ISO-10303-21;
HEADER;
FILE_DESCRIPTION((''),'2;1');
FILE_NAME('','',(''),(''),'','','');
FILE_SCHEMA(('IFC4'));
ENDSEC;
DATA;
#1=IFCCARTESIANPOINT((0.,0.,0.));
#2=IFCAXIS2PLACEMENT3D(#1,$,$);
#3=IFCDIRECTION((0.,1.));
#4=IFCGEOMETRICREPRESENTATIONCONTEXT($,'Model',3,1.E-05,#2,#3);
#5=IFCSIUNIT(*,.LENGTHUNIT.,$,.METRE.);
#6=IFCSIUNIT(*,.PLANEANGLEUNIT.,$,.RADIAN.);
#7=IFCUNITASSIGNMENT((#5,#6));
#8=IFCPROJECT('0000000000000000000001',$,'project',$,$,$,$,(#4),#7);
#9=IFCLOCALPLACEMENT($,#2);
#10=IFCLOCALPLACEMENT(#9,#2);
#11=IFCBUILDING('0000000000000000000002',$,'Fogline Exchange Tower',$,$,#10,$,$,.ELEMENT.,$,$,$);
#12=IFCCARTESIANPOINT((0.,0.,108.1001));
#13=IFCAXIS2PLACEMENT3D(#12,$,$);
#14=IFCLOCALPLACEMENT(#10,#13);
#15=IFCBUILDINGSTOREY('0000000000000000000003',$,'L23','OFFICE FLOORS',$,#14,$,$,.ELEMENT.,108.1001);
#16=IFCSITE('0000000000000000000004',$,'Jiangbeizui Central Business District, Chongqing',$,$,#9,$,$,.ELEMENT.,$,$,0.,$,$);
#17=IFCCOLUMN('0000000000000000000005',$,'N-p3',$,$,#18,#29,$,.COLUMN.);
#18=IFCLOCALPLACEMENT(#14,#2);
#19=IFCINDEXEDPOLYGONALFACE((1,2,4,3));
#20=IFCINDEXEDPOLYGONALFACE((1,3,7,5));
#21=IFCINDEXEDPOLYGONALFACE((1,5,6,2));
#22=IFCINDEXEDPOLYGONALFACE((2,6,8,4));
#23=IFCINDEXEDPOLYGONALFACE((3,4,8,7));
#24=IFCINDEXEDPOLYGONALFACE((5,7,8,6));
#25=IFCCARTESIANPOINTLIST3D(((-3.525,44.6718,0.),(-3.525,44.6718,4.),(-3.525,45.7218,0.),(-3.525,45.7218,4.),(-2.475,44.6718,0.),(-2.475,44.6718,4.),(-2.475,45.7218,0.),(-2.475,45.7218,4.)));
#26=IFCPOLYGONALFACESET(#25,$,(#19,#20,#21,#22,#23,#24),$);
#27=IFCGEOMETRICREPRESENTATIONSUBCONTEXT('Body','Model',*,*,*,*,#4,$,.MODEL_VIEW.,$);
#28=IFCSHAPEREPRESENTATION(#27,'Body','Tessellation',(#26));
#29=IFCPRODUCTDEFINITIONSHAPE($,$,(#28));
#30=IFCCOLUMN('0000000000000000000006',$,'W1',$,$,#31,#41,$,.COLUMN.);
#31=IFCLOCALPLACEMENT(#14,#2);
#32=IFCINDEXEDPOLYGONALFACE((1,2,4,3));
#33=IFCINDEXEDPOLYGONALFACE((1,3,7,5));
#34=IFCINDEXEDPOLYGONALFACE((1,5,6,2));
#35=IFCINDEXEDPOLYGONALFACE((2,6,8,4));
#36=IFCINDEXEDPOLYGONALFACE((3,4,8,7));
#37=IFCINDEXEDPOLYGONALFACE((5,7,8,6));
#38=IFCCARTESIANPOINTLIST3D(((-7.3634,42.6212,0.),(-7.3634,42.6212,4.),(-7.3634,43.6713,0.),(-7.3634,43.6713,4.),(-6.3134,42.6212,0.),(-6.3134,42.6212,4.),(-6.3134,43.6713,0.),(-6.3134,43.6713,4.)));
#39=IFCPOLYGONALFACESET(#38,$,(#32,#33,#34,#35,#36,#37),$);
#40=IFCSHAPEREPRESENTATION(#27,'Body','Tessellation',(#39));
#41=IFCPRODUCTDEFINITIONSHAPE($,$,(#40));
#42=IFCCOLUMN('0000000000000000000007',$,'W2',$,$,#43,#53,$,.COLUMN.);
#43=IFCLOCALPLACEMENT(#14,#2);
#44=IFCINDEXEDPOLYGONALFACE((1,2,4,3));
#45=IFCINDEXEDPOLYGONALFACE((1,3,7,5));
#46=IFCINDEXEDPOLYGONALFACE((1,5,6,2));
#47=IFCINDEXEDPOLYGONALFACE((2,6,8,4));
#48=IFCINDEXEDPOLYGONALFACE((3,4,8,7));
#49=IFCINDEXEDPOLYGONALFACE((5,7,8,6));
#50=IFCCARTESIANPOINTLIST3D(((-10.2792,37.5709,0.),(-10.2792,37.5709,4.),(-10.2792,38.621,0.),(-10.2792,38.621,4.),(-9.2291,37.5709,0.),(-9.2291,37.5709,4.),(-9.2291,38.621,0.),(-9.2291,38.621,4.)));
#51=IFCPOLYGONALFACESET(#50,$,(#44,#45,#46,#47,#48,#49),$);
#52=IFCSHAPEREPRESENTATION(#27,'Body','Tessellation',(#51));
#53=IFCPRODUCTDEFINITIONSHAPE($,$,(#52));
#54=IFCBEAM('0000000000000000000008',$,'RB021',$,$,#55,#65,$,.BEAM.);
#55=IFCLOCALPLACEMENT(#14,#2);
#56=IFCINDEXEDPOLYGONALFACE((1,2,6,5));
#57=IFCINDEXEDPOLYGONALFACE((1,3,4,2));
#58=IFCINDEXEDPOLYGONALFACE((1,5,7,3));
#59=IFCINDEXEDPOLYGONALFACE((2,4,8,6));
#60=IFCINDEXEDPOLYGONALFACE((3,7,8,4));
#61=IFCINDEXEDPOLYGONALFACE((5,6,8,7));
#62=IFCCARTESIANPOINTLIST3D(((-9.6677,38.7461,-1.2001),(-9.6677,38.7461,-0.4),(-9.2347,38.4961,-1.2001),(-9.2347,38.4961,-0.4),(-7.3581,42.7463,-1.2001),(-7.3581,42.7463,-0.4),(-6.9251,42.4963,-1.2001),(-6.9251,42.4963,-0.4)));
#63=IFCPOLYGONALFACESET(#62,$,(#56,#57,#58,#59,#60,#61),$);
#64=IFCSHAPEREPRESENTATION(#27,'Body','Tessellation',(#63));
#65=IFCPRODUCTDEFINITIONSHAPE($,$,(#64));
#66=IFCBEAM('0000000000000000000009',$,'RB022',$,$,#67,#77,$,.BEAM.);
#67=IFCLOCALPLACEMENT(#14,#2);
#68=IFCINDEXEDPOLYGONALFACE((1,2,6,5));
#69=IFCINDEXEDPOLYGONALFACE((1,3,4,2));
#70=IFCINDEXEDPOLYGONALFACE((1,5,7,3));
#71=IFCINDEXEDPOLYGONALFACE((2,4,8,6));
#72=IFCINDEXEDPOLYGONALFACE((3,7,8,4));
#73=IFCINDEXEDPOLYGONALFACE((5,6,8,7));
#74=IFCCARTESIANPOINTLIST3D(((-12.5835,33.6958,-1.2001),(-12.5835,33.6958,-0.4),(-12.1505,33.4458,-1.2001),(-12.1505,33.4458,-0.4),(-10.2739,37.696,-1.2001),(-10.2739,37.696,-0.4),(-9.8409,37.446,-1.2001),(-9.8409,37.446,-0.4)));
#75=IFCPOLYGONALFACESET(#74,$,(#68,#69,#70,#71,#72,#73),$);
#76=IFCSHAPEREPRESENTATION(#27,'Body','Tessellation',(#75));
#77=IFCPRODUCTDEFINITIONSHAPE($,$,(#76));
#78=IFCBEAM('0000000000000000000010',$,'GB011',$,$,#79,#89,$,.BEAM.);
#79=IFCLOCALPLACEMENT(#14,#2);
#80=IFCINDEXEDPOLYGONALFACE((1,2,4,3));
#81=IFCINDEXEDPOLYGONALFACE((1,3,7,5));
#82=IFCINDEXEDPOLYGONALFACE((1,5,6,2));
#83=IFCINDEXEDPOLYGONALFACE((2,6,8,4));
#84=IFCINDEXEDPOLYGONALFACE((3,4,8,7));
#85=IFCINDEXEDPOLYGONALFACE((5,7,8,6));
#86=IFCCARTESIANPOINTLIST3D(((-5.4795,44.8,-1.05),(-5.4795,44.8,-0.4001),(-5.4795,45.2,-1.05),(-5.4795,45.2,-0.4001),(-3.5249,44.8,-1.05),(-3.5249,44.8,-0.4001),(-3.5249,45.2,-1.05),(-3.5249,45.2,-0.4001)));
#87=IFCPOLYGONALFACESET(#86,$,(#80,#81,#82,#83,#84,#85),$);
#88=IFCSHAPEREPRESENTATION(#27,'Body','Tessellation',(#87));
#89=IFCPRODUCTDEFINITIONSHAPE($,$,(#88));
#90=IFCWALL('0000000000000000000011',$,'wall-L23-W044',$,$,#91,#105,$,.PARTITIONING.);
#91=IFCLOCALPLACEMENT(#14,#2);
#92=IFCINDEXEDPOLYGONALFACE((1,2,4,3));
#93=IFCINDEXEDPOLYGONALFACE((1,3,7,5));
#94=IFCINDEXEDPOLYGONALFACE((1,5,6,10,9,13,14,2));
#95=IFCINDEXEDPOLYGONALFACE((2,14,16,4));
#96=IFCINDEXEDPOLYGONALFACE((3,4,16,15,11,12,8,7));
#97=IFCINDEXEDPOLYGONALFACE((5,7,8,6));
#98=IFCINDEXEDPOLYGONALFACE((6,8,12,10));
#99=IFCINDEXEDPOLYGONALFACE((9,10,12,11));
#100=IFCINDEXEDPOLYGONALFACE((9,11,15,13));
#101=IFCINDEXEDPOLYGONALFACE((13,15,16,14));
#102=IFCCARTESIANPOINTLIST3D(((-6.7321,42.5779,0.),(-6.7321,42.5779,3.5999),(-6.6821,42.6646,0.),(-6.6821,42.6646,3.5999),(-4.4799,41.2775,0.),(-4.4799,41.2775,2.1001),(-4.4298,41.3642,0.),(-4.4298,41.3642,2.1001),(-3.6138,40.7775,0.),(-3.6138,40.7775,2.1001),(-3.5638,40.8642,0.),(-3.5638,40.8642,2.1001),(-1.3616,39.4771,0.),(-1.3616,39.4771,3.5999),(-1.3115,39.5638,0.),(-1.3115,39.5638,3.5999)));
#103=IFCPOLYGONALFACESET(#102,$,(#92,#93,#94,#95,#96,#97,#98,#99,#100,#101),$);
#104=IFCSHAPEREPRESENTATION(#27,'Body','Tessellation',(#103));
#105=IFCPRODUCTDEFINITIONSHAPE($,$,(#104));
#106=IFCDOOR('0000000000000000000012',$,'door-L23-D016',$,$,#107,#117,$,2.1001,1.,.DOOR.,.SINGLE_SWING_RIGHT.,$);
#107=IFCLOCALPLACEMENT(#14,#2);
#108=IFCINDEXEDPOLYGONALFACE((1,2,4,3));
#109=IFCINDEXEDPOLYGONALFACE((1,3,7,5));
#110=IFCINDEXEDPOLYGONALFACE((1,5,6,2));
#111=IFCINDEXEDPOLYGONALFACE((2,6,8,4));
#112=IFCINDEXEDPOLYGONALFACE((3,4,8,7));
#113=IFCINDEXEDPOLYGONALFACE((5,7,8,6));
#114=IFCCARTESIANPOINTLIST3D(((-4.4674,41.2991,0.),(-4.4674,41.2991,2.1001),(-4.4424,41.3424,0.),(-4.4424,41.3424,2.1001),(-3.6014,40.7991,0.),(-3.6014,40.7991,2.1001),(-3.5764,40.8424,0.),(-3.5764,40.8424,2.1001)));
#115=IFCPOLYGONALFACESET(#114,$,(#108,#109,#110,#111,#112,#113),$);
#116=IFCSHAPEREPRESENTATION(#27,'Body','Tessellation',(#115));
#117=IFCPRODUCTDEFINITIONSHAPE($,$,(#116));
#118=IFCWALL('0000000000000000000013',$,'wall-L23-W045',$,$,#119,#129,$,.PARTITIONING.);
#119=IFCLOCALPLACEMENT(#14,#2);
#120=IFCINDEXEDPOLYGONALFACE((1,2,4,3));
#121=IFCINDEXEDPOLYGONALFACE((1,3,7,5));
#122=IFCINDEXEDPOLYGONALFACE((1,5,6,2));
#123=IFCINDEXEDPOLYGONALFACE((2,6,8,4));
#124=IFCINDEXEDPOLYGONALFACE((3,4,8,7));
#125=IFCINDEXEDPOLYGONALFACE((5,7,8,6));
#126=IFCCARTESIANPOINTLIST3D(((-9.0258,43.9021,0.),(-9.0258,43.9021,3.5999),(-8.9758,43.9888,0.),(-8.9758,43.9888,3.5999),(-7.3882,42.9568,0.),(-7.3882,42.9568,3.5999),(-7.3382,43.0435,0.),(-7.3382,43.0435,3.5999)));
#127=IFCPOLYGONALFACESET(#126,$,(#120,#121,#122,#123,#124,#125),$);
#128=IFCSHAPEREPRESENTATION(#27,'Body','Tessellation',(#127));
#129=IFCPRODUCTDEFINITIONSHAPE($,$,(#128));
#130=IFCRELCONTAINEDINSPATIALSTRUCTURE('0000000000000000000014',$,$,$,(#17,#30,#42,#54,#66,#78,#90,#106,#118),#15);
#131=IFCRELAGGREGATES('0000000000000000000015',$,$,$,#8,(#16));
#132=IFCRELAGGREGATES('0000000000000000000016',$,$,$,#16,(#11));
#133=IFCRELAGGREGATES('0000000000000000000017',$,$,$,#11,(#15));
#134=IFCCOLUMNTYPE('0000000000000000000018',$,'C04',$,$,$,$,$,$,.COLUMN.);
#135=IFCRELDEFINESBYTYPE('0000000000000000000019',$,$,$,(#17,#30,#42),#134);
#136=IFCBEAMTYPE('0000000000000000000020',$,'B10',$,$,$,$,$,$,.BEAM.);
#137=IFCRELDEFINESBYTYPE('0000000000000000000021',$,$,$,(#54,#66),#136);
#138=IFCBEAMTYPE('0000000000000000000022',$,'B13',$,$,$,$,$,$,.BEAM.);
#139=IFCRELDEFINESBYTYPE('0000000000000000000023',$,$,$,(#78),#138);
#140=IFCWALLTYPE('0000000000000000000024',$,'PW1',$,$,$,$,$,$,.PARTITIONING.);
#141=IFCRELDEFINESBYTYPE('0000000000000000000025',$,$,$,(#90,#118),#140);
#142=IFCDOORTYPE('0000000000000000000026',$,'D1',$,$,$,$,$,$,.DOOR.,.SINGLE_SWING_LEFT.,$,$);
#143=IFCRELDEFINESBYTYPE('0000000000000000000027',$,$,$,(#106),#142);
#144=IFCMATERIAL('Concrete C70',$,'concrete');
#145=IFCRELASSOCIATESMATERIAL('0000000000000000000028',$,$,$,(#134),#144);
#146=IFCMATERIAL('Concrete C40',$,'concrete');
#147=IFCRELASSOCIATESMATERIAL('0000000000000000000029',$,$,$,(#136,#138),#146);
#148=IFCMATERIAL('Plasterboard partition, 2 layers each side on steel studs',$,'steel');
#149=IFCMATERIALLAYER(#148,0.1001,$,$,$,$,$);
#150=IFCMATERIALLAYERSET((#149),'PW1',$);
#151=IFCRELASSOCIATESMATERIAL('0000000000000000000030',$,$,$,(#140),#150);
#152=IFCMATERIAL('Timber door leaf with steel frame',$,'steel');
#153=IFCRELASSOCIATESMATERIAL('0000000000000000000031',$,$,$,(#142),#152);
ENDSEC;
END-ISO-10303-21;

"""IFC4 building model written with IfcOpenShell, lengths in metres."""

from ifc_helpers import new_model, si_unit, direction, frame, frame_2d, origin, origin_2d, place, context, subcontext, project, spatial, rectangle, extrude, material, layer, layer_set, material_profile, profile_set, type_object, element, fill, save


model = new_model("IFC4")

# Units and contexts
model_context = context("Model", 3, precision=1e-05, world=origin(), true_north=direction((0.0, 1.0)))
body_context = subcontext(model_context, "Body", "Model", "MODEL_VIEW")
ifc_project = project(units=[si_unit("LENGTHUNIT", "METRE"), si_unit("PLANEANGLEUNIT", "RADIAN")], contexts=[model_context])

# Site, building, storey
site_placement = place(None, origin())
site = spatial("IfcSite", under=ifc_project, at=site_placement, Name="Jiangbeizui Central Business District, Chongqing", CompositionType="ELEMENT", RefElevation=0.0)
building_placement = place(site_placement, origin())
building = spatial("IfcBuilding", under=site, at=building_placement, Name="Fogline Exchange Tower", CompositionType="ELEMENT")
storey_placement = place(building_placement, frame((0.0, 0.0, 108.1001)))
storey = spatial("IfcBuildingStorey", under=building, at=storey_placement, Name="L23", Description="OFFICE FLOORS", CompositionType="ELEMENT", Elevation=108.1001)

# Columns
ifc_material_1 = material(Name="Concrete C70", Category="concrete")
ifc_material_profile_1 = material_profile(ifc_material_1, rectangle(XDim=1.05, YDim=1.05, at=origin_2d()), Name="RC 1050x1050")
ifc_profile_set_1 = profile_set([ifc_material_profile_1], Name="Concrete C70")
column_type = type_object("IfcColumnType", Name="C04", PredefinedType="COLUMN", material=ifc_profile_set_1)
for number, where, z_axis, x_axis, name in (
    (1, (-3.0, 45.1968, 0.0), (0.0, 0.0, 1.0), (1.0, 0.0, 0.0), "N-p3"),
    (2, (-6.8384, 43.1462, 0.0), (0.0, 0.0, 1.0), (1.0, 0.0, 0.0), "W1"),
    (3, (-9.7542, 38.0959, 0.0), (0.0, 0.0, 1.0), (1.0, 0.0, 0.0), "W2"),
):
    element("IfcColumn", number, at=place(storey_placement, frame(where, z_axis=z_axis, x_axis=x_axis)), inside=storey, type_object=column_type, Name=name, PredefinedType="COLUMN", context=body_context, shape_type="SweptSolid", body=[
        extrude(rectangle(XDim=1.05, YDim=1.05, at=origin_2d()), origin(), (0.0, 0.0, 1.0), 4.0),
    ])

# Beams
ifc_material_2 = material(Name="Concrete C40", Category="concrete")
ifc_material_profile_2 = material_profile(ifc_material_2, rectangle(XDim=0.5, YDim=0.8, at=origin_2d()), Name="RC 500x800")
ifc_profile_set_2 = profile_set([ifc_material_profile_2], Name="Concrete C40")
beam_type_1 = type_object("IfcBeamType", Name="B10", PredefinedType="BEAM", material=ifc_profile_set_2)
for number, where, z_axis, x_axis, name in (
    (4, (-7.1416, 42.6213, -0.8), (-0.500005, -0.866023, 0.0), (0.866023, -0.500005, 0.0), "RB021"),
    (5, (-10.0574, 37.571, -0.8), (-0.500005, -0.866023, 0.0), (0.866023, -0.500005, 0.0), "RB022"),
):
    element("IfcBeam", number, at=place(storey_placement, frame(where, z_axis=z_axis, x_axis=x_axis)), inside=storey, type_object=beam_type_1, Name=name, PredefinedType="BEAM", context=body_context, shape_type="SweptSolid", body=[
        extrude(rectangle(XDim=0.5, YDim=0.8, at=origin_2d()), origin(), (0.0, 0.0, 1.0), 4.6191),
    ])
ifc_material_profile_3 = material_profile(ifc_material_2, rectangle(XDim=0.3999, YDim=0.6499, at=origin_2d()), Name="RC 400x650")
ifc_profile_set_3 = profile_set([ifc_material_profile_3], Name="Concrete C40")
beam_type_2 = type_object("IfcBeamType", Name="B13", PredefinedType="BEAM", material=ifc_profile_set_3)
beam_placement = place(storey_placement, frame((-5.4795, 45.0, -0.7251), z_axis=(1.0, 0.0, 0.0), x_axis=(0.0, 1.0, 0.0)))
element("IfcBeam", 6, at=beam_placement, inside=storey, type_object=beam_type_2, Name="GB011", PredefinedType="BEAM", context=body_context, shape_type="SweptSolid", body=[
    extrude(rectangle(XDim=0.3999, YDim=0.6499, at=origin_2d()), origin(), (0.0, 0.0, 1.0), 1.9546),
])

# Wall, opening, door
ifc_material_3 = material(Name="Plasterboard partition, 2 layers each side on steel studs", Category="steel")
ifc_layer = layer(ifc_material_3, 0.1001)
ifc_layer_set = layer_set([ifc_layer], Name="PW1")
wall_type = type_object("IfcWallType", Name="PW1", PredefinedType="PARTITIONING", material=ifc_layer_set)
wall_1_placement = place(storey_placement, frame((-1.3367, 39.5205, 0.0), z_axis=(0.0, 0.0, 1.0), x_axis=(-0.866018, 0.500013, 0.0)))
wall_1 = element("IfcWall", 7, at=wall_1_placement, inside=storey, type_object=wall_type, Name="wall-L23-W044", PredefinedType="PARTITIONING", context=body_context, shape_type="SweptSolid", body=[
    extrude(rectangle(XDim=6.2014, YDim=0.1001, at=frame_2d((3.1006, 0.0))), origin(), (0.0, 0.0, 1.0), 3.5999),
])
opening_placement = place(wall_1_placement, frame((2.6006, 0.0, 0.0)))
opening = element("IfcOpeningElement", 8, at=opening_placement, cuts=wall_1, PredefinedType="OPENING", context=body_context, shape_type="SweptSolid", body=[
    extrude(rectangle(XDim=1.0, YDim=2.1001, at=frame_2d((0.5, 1.05))), frame((0.0, 0.0601, 0.0), z_axis=(0.0, -1.0, 0.0), x_axis=(1.0, 0.0, 0.0)), (0.0, 0.0, 1.0), 0.1201),
])
ifc_material_4 = material(Name="Timber door leaf with steel frame", Category="steel")
door_type = type_object("IfcDoorType", Name="D1", OperationType="SINGLE_SWING_LEFT", PredefinedType="DOOR", material=ifc_material_4)
door_placement = place(opening_placement, frame((1.0, 0.0, 0.0), z_axis=(0.0, 0.0, 1.0), x_axis=(-1.0, 0.0, 0.0)))
door = element("IfcDoor", 9, at=door_placement, inside=storey, type_object=door_type, Name="door-L23-D016", OperationType="SINGLE_SWING_RIGHT", OverallHeight=2.1001, OverallWidth=1.0, PredefinedType="DOOR", context=body_context, shape_type="SweptSolid", body=[
    extrude(rectangle(XDim=1.0, YDim=2.1001, at=frame_2d((0.5, 1.05))), frame((0.0, 0.0249, 0.0), z_axis=(0.0, -1.0, 0.0), x_axis=(1.0, 0.0, 0.0)), (0.0, 0.0, 1.0), 0.05),
])
fill(opening, door)

# Wall
wall_2_placement = place(storey_placement, frame((-7.3633, 43.0002, 0.0), z_axis=(0.0, 0.0, 1.0), x_axis=(-0.866074, 0.499916, 0.0)))
element("IfcWall", 10, at=wall_2_placement, inside=storey, type_object=wall_type, Name="wall-L23-W045", PredefinedType="PARTITIONING", context=body_context, shape_type="SweptSolid", body=[
    extrude(rectangle(XDim=1.8909, YDim=0.1001, at=frame_2d((0.9453, 0.0))), origin(), (0.0, 0.0, 1.0), 3.5999),
])

save(model, "model.ifc")
